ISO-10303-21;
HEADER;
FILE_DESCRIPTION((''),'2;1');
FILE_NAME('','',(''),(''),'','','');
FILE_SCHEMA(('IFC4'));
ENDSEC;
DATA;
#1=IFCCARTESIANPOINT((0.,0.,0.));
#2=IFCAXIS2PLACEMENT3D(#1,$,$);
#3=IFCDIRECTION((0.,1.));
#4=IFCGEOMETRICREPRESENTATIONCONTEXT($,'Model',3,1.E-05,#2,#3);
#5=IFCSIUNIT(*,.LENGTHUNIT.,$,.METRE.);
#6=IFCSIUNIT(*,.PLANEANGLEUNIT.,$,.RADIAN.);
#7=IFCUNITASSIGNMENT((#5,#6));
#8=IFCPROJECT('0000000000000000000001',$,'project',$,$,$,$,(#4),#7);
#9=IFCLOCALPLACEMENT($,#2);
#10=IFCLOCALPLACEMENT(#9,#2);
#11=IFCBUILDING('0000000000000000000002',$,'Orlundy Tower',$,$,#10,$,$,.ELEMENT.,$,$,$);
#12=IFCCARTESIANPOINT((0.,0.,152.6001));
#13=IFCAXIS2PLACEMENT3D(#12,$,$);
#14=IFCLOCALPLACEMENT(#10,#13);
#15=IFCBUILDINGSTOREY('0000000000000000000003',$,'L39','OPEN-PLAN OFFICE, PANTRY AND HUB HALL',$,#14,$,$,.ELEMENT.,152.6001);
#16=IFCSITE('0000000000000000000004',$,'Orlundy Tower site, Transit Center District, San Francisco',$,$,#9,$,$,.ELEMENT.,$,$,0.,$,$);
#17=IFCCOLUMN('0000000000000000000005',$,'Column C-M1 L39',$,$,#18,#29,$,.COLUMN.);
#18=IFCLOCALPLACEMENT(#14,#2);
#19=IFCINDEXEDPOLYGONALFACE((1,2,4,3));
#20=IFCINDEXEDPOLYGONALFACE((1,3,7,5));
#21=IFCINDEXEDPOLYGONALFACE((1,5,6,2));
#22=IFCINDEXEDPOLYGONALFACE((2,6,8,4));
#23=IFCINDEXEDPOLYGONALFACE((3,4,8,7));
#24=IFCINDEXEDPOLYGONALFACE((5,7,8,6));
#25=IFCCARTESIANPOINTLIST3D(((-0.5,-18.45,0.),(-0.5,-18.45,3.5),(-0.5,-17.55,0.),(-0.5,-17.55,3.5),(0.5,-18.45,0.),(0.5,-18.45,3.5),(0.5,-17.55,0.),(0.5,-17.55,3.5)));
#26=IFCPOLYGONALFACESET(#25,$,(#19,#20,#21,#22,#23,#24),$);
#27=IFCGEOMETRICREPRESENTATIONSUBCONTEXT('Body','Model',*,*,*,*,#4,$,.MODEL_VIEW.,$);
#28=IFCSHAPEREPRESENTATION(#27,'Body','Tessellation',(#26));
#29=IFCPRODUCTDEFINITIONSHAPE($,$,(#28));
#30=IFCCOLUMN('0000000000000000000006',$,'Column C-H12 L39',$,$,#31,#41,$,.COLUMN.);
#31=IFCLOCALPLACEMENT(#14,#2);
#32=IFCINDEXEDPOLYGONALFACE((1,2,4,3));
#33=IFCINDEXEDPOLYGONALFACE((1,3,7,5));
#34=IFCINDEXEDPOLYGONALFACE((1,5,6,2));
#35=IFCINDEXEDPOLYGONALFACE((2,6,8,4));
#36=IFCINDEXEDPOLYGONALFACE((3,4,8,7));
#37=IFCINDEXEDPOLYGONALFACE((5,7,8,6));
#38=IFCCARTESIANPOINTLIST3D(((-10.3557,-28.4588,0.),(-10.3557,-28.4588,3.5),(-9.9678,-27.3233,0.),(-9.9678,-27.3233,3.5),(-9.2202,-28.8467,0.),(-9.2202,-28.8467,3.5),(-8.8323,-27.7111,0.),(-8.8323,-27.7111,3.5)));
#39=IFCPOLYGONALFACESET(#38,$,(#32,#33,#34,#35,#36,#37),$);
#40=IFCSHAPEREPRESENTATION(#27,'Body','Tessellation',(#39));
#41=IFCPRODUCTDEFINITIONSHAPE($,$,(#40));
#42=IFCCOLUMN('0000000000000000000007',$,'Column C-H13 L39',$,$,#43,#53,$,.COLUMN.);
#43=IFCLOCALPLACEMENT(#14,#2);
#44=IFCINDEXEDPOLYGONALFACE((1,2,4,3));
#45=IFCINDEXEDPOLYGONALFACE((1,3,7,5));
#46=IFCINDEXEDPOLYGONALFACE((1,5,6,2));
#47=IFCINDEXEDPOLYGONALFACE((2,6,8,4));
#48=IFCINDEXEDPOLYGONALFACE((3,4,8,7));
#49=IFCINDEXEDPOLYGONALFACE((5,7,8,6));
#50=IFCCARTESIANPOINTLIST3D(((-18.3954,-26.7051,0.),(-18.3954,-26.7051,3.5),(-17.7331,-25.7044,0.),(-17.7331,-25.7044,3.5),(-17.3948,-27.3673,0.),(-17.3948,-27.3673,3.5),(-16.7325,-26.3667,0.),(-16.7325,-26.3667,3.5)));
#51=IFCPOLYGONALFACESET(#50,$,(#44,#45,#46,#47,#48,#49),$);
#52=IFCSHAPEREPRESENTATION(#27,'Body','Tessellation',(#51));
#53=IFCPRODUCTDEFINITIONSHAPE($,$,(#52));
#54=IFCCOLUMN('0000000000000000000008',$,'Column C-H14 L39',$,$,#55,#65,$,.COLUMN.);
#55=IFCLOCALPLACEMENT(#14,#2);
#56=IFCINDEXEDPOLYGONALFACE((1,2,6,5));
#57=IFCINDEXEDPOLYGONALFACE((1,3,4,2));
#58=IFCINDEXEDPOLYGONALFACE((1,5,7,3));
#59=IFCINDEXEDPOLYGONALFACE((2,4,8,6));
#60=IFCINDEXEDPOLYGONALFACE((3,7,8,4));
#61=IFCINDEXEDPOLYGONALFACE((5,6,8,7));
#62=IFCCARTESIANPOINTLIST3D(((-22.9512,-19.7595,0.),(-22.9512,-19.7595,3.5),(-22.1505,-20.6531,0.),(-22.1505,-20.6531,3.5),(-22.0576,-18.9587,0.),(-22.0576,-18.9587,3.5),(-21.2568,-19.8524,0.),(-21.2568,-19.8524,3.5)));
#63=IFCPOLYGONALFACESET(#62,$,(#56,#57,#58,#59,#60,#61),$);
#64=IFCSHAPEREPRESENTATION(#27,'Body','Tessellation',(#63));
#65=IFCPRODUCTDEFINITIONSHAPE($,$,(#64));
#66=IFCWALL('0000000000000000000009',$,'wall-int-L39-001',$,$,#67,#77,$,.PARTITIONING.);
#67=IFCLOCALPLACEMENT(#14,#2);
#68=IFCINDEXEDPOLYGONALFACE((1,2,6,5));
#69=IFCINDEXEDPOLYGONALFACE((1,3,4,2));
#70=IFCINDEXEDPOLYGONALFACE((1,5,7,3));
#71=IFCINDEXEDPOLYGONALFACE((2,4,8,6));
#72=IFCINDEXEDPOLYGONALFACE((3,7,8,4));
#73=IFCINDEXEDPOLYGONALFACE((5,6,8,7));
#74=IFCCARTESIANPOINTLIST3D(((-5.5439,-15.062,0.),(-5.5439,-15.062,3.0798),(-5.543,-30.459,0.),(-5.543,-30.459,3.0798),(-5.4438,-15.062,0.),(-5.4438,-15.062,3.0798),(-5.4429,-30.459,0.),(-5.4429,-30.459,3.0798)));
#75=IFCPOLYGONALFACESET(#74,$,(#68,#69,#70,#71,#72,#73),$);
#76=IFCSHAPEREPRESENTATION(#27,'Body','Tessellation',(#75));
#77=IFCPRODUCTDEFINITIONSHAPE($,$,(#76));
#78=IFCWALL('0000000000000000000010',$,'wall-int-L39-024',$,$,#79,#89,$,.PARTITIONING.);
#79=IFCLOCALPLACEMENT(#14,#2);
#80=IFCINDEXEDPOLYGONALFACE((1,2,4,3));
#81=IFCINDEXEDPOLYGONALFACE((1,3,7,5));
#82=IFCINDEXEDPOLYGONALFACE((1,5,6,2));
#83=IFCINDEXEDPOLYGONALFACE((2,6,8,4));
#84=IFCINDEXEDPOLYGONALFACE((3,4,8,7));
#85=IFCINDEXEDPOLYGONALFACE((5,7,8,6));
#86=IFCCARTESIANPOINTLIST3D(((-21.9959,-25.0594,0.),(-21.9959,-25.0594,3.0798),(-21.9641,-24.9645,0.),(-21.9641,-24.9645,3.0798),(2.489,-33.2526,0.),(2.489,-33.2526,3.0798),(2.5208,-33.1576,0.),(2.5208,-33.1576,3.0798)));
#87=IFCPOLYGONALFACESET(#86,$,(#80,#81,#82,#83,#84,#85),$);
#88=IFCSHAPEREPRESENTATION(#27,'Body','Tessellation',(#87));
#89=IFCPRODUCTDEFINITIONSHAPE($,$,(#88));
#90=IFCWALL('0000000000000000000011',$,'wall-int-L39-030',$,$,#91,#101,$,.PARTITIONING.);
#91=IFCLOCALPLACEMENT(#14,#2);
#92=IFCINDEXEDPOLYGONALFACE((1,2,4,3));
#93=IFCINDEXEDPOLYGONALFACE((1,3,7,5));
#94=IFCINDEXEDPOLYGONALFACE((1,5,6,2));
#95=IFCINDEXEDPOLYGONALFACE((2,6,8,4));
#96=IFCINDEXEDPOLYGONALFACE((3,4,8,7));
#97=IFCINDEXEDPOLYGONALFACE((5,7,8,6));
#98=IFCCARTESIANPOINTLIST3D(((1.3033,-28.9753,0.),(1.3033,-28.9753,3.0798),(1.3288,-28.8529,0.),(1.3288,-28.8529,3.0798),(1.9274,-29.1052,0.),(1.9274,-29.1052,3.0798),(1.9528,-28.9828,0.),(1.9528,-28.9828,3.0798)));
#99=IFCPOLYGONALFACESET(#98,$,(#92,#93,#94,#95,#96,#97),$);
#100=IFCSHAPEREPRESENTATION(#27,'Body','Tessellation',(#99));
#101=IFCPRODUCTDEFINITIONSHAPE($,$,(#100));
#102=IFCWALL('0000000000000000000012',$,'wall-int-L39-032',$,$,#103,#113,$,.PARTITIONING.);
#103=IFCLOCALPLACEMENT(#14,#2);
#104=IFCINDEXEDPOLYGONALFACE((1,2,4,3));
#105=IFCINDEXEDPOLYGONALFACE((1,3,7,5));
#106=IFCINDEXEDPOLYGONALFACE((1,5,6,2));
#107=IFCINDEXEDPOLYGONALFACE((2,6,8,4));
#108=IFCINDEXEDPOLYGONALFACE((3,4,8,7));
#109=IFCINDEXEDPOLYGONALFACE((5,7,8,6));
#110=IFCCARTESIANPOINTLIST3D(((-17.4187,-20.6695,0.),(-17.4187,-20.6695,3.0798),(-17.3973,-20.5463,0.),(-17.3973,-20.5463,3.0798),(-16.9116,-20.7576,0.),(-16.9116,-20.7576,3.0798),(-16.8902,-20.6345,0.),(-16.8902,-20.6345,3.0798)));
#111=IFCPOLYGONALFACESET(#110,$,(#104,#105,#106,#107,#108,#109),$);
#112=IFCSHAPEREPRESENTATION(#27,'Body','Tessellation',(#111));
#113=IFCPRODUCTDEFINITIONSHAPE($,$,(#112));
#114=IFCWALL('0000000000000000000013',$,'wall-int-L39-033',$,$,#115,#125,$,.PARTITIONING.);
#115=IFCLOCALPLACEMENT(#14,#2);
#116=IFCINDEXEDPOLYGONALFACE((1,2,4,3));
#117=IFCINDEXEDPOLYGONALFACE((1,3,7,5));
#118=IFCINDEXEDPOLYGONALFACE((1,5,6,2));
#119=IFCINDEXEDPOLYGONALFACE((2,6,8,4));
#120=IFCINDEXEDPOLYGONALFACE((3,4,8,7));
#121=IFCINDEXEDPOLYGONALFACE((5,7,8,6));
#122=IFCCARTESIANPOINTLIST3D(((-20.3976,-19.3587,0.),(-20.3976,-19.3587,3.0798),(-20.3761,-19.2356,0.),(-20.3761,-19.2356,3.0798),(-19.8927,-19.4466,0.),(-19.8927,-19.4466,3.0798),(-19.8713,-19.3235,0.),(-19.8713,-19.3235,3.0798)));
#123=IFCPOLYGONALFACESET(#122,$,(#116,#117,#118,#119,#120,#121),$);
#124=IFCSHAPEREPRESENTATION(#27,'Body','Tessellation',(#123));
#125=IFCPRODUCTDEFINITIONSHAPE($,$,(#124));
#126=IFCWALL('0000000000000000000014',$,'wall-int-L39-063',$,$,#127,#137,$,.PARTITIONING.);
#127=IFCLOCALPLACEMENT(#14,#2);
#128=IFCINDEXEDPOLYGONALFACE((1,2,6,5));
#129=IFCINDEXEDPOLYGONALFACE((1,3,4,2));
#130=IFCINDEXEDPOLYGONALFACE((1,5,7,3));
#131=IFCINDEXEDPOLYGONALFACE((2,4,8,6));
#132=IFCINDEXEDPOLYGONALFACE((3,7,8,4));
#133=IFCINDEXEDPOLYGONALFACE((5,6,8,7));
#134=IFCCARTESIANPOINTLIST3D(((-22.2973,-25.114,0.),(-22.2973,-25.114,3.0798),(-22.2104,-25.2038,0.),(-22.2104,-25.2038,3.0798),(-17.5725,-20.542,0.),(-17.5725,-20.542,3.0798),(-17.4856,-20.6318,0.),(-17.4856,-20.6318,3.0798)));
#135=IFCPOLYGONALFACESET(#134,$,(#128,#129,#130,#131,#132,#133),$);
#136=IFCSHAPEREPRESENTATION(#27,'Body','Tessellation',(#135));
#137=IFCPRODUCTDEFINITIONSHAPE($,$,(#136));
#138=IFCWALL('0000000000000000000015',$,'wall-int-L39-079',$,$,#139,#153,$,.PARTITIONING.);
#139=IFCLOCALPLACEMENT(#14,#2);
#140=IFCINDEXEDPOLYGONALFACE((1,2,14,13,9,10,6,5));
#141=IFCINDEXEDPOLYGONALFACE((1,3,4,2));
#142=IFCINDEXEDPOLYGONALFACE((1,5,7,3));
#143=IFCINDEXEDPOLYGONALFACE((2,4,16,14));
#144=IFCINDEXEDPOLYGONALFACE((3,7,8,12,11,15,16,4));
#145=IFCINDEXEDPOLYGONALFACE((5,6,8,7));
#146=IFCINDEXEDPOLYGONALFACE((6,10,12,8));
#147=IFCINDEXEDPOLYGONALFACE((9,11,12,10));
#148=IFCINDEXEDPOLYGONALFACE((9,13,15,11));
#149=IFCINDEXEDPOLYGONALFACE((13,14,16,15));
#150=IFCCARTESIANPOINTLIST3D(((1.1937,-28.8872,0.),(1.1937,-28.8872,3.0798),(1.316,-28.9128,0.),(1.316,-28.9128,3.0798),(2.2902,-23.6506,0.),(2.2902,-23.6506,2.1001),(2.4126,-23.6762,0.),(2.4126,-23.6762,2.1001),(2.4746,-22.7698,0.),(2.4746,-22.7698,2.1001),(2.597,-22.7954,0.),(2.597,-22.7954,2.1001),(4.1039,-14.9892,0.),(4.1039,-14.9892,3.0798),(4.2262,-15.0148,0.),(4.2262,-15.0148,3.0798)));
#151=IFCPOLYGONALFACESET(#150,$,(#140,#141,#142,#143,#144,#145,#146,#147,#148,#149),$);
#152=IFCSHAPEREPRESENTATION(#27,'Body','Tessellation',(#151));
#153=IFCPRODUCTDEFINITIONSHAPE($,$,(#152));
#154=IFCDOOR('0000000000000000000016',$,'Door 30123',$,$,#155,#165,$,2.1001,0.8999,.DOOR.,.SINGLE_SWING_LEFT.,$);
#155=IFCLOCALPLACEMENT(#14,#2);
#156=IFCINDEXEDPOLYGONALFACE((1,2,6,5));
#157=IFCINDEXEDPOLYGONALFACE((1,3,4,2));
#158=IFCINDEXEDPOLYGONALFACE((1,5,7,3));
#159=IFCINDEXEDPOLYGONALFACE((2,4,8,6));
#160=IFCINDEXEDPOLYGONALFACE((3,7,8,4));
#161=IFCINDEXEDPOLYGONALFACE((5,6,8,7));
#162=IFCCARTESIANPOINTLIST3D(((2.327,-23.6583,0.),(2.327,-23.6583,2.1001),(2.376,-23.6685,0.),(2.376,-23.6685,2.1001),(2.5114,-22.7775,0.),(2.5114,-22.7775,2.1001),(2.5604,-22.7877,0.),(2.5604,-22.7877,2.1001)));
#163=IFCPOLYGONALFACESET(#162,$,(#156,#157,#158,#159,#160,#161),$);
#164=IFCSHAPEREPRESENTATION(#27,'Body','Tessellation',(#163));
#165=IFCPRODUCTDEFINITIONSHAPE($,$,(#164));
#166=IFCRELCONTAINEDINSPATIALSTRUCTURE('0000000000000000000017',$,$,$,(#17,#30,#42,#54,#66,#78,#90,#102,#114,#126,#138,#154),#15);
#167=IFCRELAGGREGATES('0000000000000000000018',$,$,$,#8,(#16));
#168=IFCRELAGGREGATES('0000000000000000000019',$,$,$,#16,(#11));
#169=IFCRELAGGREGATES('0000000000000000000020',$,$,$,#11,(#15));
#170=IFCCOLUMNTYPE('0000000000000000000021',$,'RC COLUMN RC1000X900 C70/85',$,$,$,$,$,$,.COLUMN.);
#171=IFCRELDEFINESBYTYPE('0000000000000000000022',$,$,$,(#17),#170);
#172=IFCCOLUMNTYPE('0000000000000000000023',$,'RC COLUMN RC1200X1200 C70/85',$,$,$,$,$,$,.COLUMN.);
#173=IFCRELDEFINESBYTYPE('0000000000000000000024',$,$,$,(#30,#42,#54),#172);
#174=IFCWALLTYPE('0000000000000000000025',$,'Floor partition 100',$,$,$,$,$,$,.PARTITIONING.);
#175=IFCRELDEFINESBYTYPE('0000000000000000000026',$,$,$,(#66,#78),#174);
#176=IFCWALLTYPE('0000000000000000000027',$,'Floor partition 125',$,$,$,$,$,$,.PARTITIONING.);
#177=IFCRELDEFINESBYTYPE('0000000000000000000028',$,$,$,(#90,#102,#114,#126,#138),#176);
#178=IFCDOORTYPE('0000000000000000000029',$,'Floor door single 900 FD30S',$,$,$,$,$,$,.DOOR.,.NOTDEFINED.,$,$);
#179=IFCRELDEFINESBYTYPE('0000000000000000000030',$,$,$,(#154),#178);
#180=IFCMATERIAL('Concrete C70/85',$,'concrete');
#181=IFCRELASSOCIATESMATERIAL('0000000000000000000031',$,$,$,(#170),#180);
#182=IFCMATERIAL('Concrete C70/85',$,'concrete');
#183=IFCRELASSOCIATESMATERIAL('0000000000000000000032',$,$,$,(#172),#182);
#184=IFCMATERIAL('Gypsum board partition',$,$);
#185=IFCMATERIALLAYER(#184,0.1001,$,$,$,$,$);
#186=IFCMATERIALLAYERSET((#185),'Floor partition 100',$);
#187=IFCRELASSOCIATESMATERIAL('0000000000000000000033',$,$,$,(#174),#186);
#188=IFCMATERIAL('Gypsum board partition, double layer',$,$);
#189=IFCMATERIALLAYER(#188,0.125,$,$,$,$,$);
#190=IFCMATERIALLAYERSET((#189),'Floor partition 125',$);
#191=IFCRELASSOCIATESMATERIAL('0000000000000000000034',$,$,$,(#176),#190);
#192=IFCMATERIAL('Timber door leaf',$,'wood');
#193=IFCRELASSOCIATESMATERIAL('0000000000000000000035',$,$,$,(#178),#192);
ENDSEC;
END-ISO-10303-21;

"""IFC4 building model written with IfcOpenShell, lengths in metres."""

from ifc_helpers import new_model, si_unit, direction, frame, frame_2d, origin, origin_2d, place, context, subcontext, project, spatial, rectangle, extrude, material, layer, layer_set, material_profile, profile_set, type_object, element, fill, save


model = new_model("IFC4")

# Units and contexts
model_context = context("Model", 3, precision=1e-05, world=origin(), true_north=direction((0.0, 1.0)))
body_context = subcontext(model_context, "Body", "Model", "MODEL_VIEW")
ifc_project = project(units=[si_unit("LENGTHUNIT", "METRE"), si_unit("PLANEANGLEUNIT", "RADIAN")], contexts=[model_context])

# Site, building, storey
site_placement = place(None, origin())
site = spatial("IfcSite", under=ifc_project, at=site_placement, Name="Orlundy Tower site, Transit Center District, San Francisco", CompositionType="ELEMENT", RefElevation=0.0)
building_placement = place(site_placement, origin())
building = spatial("IfcBuilding", under=site, at=building_placement, Name="Orlundy Tower", CompositionType="ELEMENT")
storey_placement = place(building_placement, frame((0.0, 0.0, 152.6001)))
storey = spatial("IfcBuildingStorey", under=building, at=storey_placement, Name="L39", Description="OPEN-PLAN OFFICE, PANTRY AND HUB HALL", CompositionType="ELEMENT", Elevation=152.6001)

# Columns
ifc_material_1 = material(Name="Concrete C70/85", Category="concrete")
ifc_material_profile_1 = material_profile(ifc_material_1, rectangle(XDim=1.0, YDim=0.8999, at=origin_2d()), Name="RC1000X900")
ifc_profile_set_1 = profile_set([ifc_material_profile_1], Name="Concrete C70/85")
column_type_1 = type_object("IfcColumnType", Name="RC COLUMN RC1000X900 C70/85", PredefinedType="COLUMN", material=ifc_profile_set_1)
column_placement = place(storey_placement, frame((0.0, -18.0, 0.0), z_axis=(0.0, 0.0, 1.0), x_axis=(1.0, 0.0, 0.0)))
element("IfcColumn", 1, at=column_placement, inside=storey, type_object=column_type_1, Name="Column C-M1 L39", PredefinedType="COLUMN", context=body_context, shape_type="SweptSolid", body=[
    extrude(rectangle(XDim=1.0, YDim=0.8999, at=origin_2d()), origin(), (0.0, 0.0, 1.0), 3.5),
])
ifc_material_2 = material(Name="Concrete C70/85", Category="concrete")
ifc_material_profile_2 = material_profile(ifc_material_2, rectangle(XDim=1.2, YDim=1.2, at=origin_2d()), Name="RC1200X1200")
ifc_profile_set_2 = profile_set([ifc_material_profile_2], Name="Concrete C70/85")
column_type_2 = type_object("IfcColumnType", Name="RC COLUMN RC1200X1200 C70/85", PredefinedType="COLUMN", material=ifc_profile_set_2)
for number, where, z_axis, x_axis, name in (
    (2, (-9.594, -28.085, 0.0), (0.0, 0.0, 1.0), (-0.323257, -0.946311, 0.0), "Column C-H12 L39"),
    (3, (-17.564, -26.5359, 0.0), (0.0, 0.0, 1.0), (-0.551937, -0.833886, 0.0), "Column C-H13 L39"),
    (4, (-22.104, -19.8059, 0.0), (0.0, 0.0, 1.0), (-0.744754, -0.667339, 0.0), "Column C-H14 L39"),
):
    element("IfcColumn", number, at=place(storey_placement, frame(where, z_axis=z_axis, x_axis=x_axis)), inside=storey, type_object=column_type_2, Name=name, PredefinedType="COLUMN", context=body_context, shape_type="SweptSolid", body=[
        extrude(rectangle(XDim=1.2, YDim=1.2, at=origin_2d()), origin(), (0.0, 0.0, 1.0), 3.5),
    ])

# Walls
ifc_material_3 = material(Name="Gypsum board partition")
ifc_layer_1 = layer(ifc_material_3, 0.1001)
ifc_layer_set_1 = layer_set([ifc_layer_1], Name="Floor partition 100")
wall_type_1 = type_object("IfcWallType", Name="Floor partition 100", PredefinedType="PARTITIONING", material=ifc_layer_set_1)
wall_1_placement = place(storey_placement, frame((-5.4939, -15.062, 0.0), z_axis=(0.0, 0.0, 1.0), x_axis=(0.000063, -1.0, 0.0)))
element("IfcWall", 5, at=wall_1_placement, inside=storey, type_object=wall_type_1, Name="wall-int-L39-001", PredefinedType="PARTITIONING", context=body_context, shape_type="SweptSolid", body=[
    extrude(rectangle(XDim=15.397, YDim=0.1001, at=frame_2d((7.6985, 0.0))), origin(), (0.0, 0.0, 1.0), 3.0798),
])
wall_2_placement = place(storey_placement, frame((-21.98, -25.012, 0.0), z_axis=(0.0, 0.0, 1.0), x_axis=(0.948317, -0.317325, 0.0)))
element("IfcWall", 6, at=wall_2_placement, inside=storey, type_object=wall_type_1, Name="wall-int-L39-024", PredefinedType="PARTITIONING", context=body_context, shape_type="SweptSolid", body=[
    extrude(rectangle(XDim=25.8193, YDim=0.1001, at=frame_2d((12.9097, 0.0))), origin(), (0.0, 0.0, 1.0), 3.0798),
])
ifc_material_4 = material(Name="Gypsum board partition, double layer")
ifc_layer_2 = layer(ifc_material_4, 0.125)
ifc_layer_set_2 = layer_set([ifc_layer_2], Name="Floor partition 125")
wall_type_2 = type_object("IfcWallType", Name="Floor partition 125", PredefinedType="PARTITIONING", material=ifc_layer_set_2)
wall_3_placement = place(storey_placement, frame((1.3159, -28.9141, 0.0), z_axis=(0.0, 0.0, 1.0), x_axis=(0.979019, -0.203771, 0.0)))
element("IfcWall", 7, at=wall_3_placement, inside=storey, type_object=wall_type_2, Name="wall-int-L39-030", PredefinedType="PARTITIONING", context=body_context, shape_type="SweptSolid", body=[
    extrude(rectangle(XDim=0.6375, YDim=0.125, at=frame_2d((0.3188, 0.0))), origin(), (0.0, 0.0, 1.0), 3.0798),
])
wall_4_placement = place(storey_placement, frame((-17.408, -20.6079, 0.0), z_axis=(0.0, 0.0, 1.0), x_axis=(0.985229, -0.171241, 0.0)))
element("IfcWall", 8, at=wall_4_placement, inside=storey, type_object=wall_type_2, Name="wall-int-L39-032", PredefinedType="PARTITIONING", context=body_context, shape_type="SweptSolid", body=[
    extrude(rectangle(XDim=0.5146, YDim=0.125, at=frame_2d((0.2573, 0.0))), origin(), (0.0, 0.0, 1.0), 3.0798),
])
wall_5_placement = place(storey_placement, frame((-20.387, -19.2971, 0.0), z_axis=(0.0, 0.0, 1.0), x_axis=(0.985184, -0.171502, 0.0)))
element("IfcWall", 9, at=wall_5_placement, inside=storey, type_object=wall_type_2, Name="wall-int-L39-033", PredefinedType="PARTITIONING", context=body_context, shape_type="SweptSolid", body=[
    extrude(rectangle(XDim=0.5125, YDim=0.125, at=frame_2d((0.2563, 0.0))), origin(), (0.0, 0.0, 1.0), 3.0798),
])
wall_6_placement = place(storey_placement, frame((-17.5291, -20.5869, 0.0), z_axis=(0.0, 0.0, 1.0), x_axis=(-0.718634, -0.695389, 0.0)))
element("IfcWall", 10, at=wall_6_placement, inside=storey, type_object=wall_type_2, Name="wall-int-L39-063", PredefinedType="PARTITIONING", context=body_context, shape_type="SweptSolid", body=[
    extrude(rectangle(XDim=6.5747, YDim=0.125, at=frame_2d((3.2874, 0.0))), origin(), (0.0, 0.0, 1.0), 3.0798),
])

# Wall, opening, door
wall_7_placement = place(storey_placement, frame((1.2549, -28.8999, 0.0), z_axis=(0.0, 0.0, 1.0), x_axis=(0.20495, 0.978773, 0.0)))
wall_7 = element("IfcWall", 11, at=wall_7_placement, inside=storey, type_object=wall_type_2, Name="wall-int-L39-079", PredefinedType="PARTITIONING", context=body_context, shape_type="SweptSolid", body=[
    extrude(rectangle(XDim=14.1995, YDim=0.125, at=frame_2d((7.0996, 0.0))), origin(), (0.0, 0.0, 1.0), 3.0798),
])
opening_1_placement = place(wall_7_placement, frame((5.3501, 0.0, 0.0)))
opening_1 = element("IfcOpeningElement", 12, at=opening_1_placement, cuts=wall_7, PredefinedType="OPENING", context=body_context, shape_type="SweptSolid", body=[
    extrude(rectangle(XDim=0.8999, YDim=2.1001, at=frame_2d((0.45, 1.05))), frame((0.0, 0.0725, 0.0), z_axis=(0.0, -1.0, 0.0), x_axis=(1.0, 0.0, 0.0)), (0.0, 0.0, 1.0), 0.145),
])
ifc_material_5 = material(Name="Timber door leaf", Category="wood")
door_type_1 = type_object("IfcDoorType", Name="Floor door single 900 FD30S", OperationType="NOTDEFINED", PredefinedType="DOOR", material=ifc_material_5)
door_1_placement = place(opening_1_placement, origin())
door_1 = element("IfcDoor", 13, at=door_1_placement, inside=storey, type_object=door_type_1, Name="Door 30123", OperationType="SINGLE_SWING_LEFT", OverallHeight=2.1001, OverallWidth=0.8999, PredefinedType="DOOR", context=body_context, shape_type="SweptSolid", body=[
    extrude(rectangle(XDim=0.8999, YDim=2.1001, at=frame_2d((0.45, 1.05))), frame((0.0, 0.0249, 0.0), z_axis=(0.0, -1.0, 0.0), x_axis=(1.0, 0.0, 0.0)), (0.0, 0.0, 1.0), 0.05),
])
fill(opening_1, door_1)

save(model, "model.ifc")
